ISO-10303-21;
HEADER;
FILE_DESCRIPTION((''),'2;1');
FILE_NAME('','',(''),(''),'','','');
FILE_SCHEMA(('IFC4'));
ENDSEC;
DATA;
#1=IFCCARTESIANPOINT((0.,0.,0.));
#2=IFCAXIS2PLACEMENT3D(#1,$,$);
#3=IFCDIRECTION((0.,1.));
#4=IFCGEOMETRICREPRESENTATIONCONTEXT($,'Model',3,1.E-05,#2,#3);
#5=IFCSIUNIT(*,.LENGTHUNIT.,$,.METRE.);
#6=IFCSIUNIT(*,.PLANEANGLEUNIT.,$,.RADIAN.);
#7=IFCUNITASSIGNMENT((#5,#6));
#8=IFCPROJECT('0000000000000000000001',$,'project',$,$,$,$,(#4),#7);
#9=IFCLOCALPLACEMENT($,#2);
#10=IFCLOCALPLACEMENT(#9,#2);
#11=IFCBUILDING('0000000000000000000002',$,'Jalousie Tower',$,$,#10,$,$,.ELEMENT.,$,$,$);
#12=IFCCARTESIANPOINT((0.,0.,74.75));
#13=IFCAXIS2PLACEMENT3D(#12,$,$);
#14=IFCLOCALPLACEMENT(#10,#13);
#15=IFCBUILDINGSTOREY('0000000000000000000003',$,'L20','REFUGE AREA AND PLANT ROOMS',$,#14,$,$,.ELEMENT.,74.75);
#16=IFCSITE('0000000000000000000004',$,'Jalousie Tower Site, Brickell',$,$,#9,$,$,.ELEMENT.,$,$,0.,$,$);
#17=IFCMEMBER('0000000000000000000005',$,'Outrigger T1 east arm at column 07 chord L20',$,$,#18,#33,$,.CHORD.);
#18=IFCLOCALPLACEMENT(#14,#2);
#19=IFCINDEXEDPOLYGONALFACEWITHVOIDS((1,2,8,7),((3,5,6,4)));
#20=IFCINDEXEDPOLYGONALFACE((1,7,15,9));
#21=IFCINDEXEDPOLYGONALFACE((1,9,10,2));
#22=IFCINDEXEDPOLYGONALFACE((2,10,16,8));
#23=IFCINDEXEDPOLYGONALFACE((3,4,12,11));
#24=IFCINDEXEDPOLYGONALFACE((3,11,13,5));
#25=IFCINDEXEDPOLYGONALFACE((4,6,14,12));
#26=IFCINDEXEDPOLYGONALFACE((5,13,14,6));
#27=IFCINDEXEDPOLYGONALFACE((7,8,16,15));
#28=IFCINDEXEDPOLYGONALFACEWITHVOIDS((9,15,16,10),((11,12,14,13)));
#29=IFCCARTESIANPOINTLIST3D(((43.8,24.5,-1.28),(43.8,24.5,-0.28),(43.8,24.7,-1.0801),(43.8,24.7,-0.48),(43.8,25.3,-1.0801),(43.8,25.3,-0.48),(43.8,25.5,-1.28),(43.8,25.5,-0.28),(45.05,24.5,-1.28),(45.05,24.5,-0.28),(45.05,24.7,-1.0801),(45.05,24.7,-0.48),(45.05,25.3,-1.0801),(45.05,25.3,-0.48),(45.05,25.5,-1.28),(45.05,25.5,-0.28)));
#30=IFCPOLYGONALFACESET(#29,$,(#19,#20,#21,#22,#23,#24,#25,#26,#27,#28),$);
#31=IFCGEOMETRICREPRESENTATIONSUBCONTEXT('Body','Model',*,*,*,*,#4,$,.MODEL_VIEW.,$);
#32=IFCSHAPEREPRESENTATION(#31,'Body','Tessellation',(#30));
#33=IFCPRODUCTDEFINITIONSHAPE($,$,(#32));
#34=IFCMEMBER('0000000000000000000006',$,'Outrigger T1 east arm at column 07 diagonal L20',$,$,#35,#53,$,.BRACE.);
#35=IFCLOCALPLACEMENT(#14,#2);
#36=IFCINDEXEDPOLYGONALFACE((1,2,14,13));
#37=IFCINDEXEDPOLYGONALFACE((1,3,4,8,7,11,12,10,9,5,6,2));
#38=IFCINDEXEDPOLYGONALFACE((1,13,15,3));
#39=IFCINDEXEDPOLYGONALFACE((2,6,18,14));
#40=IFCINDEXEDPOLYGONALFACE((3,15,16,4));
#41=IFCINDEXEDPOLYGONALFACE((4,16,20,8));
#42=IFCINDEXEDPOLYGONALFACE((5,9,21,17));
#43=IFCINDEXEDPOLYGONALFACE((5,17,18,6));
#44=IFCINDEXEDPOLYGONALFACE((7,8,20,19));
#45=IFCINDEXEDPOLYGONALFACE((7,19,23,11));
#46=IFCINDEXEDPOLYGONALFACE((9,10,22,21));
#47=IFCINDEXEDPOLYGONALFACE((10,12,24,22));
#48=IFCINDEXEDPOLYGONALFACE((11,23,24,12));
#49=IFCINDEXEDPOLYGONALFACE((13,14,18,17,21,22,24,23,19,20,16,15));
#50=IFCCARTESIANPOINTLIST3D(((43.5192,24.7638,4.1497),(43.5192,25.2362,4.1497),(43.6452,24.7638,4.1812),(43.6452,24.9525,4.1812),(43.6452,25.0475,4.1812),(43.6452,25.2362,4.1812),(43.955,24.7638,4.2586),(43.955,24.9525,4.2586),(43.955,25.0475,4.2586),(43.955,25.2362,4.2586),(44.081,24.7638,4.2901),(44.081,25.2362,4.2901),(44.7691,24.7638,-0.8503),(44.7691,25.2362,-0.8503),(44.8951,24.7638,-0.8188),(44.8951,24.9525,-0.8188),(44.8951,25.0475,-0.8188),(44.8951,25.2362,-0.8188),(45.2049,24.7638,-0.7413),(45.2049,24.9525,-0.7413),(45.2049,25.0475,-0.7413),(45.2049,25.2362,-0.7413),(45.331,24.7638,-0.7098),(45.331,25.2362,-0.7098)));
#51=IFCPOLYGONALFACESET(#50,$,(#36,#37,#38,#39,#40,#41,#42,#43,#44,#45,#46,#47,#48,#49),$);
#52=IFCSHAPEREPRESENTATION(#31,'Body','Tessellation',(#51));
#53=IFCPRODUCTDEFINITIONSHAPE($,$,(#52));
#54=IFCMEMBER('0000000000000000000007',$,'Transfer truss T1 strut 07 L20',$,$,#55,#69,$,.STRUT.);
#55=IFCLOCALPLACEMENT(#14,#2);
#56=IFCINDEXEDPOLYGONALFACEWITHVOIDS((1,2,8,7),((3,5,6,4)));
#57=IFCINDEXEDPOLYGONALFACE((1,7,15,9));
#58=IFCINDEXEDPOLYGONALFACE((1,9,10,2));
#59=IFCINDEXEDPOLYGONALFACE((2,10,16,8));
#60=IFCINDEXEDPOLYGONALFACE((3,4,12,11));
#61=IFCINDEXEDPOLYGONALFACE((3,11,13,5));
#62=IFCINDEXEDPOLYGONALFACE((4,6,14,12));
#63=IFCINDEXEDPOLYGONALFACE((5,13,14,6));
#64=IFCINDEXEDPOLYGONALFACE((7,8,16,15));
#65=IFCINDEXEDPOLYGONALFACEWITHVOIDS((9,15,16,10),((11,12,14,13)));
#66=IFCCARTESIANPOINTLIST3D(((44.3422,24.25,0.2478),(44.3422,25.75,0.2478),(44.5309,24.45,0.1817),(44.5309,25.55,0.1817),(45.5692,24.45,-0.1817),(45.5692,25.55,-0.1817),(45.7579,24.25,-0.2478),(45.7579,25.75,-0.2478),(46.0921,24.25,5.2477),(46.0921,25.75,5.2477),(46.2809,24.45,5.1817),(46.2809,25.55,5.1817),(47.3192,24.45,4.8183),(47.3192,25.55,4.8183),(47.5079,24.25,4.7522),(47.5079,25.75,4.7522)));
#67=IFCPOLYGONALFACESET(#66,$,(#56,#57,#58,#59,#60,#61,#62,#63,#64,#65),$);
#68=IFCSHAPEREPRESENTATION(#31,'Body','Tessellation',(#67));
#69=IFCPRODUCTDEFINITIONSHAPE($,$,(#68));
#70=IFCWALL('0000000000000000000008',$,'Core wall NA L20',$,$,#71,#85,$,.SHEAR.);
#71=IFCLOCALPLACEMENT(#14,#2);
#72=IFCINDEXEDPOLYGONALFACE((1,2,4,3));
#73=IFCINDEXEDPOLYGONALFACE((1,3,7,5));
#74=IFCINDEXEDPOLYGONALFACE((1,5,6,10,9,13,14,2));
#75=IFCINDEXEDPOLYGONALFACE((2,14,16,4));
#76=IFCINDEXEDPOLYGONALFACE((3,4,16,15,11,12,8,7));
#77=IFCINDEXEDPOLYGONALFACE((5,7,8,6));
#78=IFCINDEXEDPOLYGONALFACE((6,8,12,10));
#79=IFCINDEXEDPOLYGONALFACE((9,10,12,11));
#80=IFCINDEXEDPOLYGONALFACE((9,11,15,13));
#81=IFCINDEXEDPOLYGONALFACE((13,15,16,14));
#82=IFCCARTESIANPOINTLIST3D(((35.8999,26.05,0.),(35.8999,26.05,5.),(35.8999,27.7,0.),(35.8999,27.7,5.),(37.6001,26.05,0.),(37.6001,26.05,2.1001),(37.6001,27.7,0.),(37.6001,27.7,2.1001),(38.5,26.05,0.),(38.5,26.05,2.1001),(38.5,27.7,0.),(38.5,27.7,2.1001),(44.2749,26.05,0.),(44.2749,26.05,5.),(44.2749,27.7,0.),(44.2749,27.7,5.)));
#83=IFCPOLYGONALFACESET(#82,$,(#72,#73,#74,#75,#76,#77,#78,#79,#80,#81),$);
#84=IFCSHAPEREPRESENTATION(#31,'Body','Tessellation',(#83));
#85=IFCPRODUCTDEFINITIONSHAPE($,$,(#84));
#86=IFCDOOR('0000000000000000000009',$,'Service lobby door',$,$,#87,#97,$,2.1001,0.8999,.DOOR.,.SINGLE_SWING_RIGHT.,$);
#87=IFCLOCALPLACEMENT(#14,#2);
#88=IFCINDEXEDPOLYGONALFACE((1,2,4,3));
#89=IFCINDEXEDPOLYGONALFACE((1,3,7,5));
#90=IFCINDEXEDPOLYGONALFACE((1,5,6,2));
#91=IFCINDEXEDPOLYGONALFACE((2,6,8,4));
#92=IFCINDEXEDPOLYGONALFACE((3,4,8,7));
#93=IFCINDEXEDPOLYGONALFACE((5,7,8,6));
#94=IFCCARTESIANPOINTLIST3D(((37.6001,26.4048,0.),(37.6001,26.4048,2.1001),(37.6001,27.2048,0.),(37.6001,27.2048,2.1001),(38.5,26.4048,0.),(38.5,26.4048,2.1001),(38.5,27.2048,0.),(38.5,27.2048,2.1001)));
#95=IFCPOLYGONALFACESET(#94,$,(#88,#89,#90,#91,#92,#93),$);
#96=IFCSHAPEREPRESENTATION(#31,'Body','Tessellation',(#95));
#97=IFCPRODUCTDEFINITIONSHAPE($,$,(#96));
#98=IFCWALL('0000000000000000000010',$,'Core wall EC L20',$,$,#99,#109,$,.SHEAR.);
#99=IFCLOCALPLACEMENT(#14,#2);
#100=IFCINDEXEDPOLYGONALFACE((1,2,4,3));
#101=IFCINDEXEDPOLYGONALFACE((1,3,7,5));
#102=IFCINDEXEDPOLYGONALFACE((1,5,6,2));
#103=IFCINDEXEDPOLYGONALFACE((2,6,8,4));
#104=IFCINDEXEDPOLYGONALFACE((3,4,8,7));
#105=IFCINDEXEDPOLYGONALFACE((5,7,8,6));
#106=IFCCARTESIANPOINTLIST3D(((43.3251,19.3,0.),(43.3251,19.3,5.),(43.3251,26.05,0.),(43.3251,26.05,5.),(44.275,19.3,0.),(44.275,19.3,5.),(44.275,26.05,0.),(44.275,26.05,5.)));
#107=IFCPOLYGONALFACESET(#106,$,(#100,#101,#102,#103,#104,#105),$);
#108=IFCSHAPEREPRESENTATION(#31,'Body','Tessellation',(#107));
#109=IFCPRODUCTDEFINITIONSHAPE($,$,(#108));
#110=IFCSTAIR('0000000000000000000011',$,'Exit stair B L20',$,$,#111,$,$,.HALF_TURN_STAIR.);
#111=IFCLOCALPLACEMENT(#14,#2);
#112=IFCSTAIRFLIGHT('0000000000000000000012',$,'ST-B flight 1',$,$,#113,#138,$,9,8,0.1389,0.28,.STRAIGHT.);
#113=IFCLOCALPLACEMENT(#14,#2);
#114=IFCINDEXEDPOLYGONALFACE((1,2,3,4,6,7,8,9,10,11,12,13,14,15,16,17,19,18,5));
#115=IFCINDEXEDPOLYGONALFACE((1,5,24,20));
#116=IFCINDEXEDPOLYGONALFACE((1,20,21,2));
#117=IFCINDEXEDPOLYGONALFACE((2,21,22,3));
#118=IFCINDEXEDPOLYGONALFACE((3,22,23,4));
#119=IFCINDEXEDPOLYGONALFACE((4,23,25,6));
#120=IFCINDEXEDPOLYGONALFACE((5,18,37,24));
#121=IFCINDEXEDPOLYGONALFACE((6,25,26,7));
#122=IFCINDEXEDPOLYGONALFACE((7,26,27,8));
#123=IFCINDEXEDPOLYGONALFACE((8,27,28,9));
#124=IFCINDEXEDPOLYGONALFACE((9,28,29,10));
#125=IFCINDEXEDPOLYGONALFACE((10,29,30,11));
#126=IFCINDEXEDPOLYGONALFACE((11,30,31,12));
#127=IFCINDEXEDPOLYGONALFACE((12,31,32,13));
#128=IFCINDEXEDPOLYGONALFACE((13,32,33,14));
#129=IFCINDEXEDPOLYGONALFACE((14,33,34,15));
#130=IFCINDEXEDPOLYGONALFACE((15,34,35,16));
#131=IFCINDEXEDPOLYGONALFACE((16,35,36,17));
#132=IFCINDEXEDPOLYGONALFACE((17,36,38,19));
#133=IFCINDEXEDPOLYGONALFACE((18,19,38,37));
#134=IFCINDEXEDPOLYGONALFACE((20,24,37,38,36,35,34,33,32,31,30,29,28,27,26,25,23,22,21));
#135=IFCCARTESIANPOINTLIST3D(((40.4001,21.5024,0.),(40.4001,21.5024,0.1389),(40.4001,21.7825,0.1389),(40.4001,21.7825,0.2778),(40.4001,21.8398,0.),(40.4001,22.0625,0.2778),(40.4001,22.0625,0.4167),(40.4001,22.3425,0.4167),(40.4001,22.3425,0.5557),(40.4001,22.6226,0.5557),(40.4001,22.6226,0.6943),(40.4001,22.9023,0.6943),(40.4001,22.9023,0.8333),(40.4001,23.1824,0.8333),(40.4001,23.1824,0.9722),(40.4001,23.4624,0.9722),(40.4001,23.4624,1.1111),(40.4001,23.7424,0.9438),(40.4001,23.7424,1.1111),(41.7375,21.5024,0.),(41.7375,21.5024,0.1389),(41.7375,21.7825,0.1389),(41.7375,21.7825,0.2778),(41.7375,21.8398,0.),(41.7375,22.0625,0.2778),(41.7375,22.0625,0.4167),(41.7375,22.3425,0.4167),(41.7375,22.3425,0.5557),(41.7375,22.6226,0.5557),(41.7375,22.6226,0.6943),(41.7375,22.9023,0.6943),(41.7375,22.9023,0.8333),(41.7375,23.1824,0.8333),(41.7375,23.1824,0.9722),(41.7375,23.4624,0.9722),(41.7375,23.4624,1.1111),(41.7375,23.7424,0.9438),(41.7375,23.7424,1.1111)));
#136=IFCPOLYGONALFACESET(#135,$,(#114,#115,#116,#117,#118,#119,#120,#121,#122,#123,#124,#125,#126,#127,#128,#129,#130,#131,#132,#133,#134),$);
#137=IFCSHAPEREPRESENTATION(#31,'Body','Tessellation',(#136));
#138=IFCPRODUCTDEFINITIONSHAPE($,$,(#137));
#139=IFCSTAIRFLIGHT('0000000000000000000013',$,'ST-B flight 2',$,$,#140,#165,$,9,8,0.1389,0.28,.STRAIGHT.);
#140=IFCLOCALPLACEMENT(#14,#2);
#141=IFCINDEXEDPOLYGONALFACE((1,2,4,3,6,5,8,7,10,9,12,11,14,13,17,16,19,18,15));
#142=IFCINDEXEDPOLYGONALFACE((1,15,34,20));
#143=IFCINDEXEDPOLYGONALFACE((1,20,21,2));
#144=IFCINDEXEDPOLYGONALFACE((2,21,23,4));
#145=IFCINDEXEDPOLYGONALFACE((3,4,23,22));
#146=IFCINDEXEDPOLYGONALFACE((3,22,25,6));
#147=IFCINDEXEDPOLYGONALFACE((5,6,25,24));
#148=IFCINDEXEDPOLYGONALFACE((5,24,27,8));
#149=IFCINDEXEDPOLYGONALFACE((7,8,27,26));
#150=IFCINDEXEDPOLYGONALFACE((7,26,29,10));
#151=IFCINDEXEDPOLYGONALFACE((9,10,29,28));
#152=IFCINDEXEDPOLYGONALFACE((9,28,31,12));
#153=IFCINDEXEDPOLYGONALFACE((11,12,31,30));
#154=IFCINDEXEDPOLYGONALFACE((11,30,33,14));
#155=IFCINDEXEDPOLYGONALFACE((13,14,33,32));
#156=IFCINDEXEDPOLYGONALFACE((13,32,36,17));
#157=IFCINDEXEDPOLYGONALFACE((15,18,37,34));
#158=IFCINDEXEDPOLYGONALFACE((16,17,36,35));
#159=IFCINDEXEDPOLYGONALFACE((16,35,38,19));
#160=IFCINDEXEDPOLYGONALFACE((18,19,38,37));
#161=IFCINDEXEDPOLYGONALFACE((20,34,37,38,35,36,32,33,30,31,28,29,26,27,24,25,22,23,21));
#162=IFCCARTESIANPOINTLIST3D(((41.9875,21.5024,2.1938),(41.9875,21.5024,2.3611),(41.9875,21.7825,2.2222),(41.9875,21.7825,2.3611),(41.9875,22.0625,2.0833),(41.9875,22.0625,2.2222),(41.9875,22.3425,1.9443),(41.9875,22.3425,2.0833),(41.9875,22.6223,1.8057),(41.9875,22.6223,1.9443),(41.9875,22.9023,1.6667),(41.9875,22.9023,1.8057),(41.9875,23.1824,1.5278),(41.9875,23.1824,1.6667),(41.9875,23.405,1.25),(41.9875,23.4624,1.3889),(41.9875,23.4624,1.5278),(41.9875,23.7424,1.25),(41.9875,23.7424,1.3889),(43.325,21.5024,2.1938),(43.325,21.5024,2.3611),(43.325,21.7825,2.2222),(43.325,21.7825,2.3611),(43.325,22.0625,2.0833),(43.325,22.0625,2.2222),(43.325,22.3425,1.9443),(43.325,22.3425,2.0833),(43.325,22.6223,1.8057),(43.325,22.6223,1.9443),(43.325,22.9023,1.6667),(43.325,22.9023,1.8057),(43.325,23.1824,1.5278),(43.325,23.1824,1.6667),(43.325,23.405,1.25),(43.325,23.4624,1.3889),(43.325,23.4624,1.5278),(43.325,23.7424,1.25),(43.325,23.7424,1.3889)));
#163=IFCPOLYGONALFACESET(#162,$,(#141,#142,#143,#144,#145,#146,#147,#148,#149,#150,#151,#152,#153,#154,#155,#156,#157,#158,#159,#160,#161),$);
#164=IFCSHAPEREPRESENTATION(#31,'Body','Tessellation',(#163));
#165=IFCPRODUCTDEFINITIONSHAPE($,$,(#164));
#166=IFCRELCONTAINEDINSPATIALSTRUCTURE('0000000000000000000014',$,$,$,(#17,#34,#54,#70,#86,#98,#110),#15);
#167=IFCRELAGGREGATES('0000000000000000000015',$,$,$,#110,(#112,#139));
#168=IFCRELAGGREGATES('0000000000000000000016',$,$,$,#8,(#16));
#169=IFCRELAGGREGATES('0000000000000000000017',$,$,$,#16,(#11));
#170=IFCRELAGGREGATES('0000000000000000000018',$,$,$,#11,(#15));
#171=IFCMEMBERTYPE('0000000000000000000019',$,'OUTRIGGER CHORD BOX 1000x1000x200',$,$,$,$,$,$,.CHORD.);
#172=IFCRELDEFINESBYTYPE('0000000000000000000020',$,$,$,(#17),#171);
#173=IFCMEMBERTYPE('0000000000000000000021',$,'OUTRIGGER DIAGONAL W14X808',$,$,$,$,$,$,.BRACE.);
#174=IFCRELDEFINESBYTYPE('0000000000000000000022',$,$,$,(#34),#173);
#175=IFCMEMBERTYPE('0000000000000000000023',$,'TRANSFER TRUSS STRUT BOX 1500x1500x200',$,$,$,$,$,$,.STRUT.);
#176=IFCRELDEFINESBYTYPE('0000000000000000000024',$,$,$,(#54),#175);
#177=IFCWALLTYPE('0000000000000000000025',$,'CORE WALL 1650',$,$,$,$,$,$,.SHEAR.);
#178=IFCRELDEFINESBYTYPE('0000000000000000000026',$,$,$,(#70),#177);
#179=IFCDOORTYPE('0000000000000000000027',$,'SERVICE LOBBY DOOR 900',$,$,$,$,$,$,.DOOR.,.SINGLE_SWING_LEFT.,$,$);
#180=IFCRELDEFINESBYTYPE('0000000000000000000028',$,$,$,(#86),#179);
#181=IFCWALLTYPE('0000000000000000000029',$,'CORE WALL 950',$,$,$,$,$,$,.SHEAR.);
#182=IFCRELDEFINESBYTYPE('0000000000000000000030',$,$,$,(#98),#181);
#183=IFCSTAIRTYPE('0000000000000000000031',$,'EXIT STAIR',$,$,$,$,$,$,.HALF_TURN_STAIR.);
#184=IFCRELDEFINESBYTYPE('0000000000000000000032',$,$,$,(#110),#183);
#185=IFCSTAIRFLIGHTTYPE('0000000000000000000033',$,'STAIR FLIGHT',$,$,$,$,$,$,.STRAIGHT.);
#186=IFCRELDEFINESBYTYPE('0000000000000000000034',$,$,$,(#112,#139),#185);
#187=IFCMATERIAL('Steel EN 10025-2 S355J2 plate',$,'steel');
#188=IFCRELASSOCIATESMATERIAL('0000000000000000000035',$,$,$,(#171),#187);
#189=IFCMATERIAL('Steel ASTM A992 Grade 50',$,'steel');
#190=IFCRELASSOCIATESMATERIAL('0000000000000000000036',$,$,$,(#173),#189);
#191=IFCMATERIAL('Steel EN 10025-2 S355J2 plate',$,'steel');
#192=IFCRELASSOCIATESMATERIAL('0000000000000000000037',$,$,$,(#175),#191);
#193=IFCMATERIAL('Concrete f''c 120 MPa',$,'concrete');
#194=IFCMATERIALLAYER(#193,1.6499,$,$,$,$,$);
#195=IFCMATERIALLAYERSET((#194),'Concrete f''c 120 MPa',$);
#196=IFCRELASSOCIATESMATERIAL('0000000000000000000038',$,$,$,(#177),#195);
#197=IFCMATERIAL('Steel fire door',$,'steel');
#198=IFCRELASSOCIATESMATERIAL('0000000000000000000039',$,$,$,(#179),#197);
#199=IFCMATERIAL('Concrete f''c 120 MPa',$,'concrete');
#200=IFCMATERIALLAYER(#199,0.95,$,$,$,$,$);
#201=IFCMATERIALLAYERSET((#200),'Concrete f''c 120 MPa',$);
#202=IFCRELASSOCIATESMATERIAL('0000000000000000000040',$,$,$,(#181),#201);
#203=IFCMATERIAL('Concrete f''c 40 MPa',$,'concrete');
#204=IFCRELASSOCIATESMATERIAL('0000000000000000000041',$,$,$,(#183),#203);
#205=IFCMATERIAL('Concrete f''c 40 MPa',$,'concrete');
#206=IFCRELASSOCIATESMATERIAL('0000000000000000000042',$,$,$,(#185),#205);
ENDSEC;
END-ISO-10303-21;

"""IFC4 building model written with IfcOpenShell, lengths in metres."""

from ifc_helpers import new_model, si_unit, direction, frame, frame_2d, origin, origin_2d, place, context, subcontext, project, spatial, polyline, rectangle, hollow_rectangle, i_section, outline, extrude, material, layer, layer_set, material_profile, profile_set, type_object, element, fill, aggregate, save


model = new_model("IFC4")

# Units and contexts
model_context = context("Model", 3, precision=1e-05, world=origin(), true_north=direction((0.0, 1.0)))
body_context = subcontext(model_context, "Body", "Model", "MODEL_VIEW")
ifc_project = project(units=[si_unit("LENGTHUNIT", "METRE"), si_unit("PLANEANGLEUNIT", "RADIAN")], contexts=[model_context])

# Site, building, storey
site_placement = place(None, origin())
site = spatial("IfcSite", under=ifc_project, at=site_placement, Name="Jalousie Tower Site, Brickell", CompositionType="ELEMENT", RefElevation=0.0)
building_placement = place(site_placement, origin())
building = spatial("IfcBuilding", under=site, at=building_placement, Name="Jalousie Tower", CompositionType="ELEMENT")
storey_placement = place(building_placement, frame((0.0, 0.0, 74.75)))
storey = spatial("IfcBuildingStorey", under=building, at=storey_placement, Name="L20", Description="REFUGE AREA AND PLANT ROOMS", CompositionType="ELEMENT", Elevation=74.75)

# Members
ifc_material_1 = material(Name="Steel EN 10025-2 S355J2 plate", Category="steel")
ifc_material_profile_1 = material_profile(ifc_material_1, hollow_rectangle(XDim=1.0, YDim=1.0, WallThickness=0.2, at=origin_2d()), Name="BOX 1000x1000x200")
ifc_profile_set_1 = profile_set([ifc_material_profile_1], Name="Steel EN 10025-2 S355J2 plate")
member_type_1 = type_object("IfcMemberType", Name="OUTRIGGER CHORD BOX 1000x1000x200", PredefinedType="CHORD", material=ifc_profile_set_1)
member_1_placement = place(storey_placement, frame((45.05, 25.0, -0.78), z_axis=(-1.0, 0.0, 0.0), x_axis=(0.0, -1.0, 0.0)))
element("IfcMember", 1, at=member_1_placement, inside=storey, type_object=member_type_1, Name="Outrigger T1 east arm at column 07 chord L20", PredefinedType="CHORD", context=body_context, shape_type="SweptSolid", body=[
    extrude(hollow_rectangle(XDim=1.0, YDim=1.0, WallThickness=0.2, at=origin_2d()), origin(), (0.0, 0.0, 1.0), 1.25),
])
ifc_material_2 = material(Name="Steel ASTM A992 Grade 50", Category="steel")
ifc_material_profile_2 = material_profile(ifc_material_2, i_section(OverallWidth=0.4724, OverallDepth=0.5791, WebThickness=0.095, FlangeThickness=0.1299, at=origin_2d()), Name="W14X808")
ifc_profile_set_2 = profile_set([ifc_material_profile_2], Name="Steel ASTM A992 Grade 50")
member_type_2 = type_object("IfcMemberType", Name="OUTRIGGER DIAGONAL W14X808", PredefinedType="BRACE", material=ifc_profile_set_2)
member_2_placement = place(storey_placement, frame((45.05, 25.0, -0.78), z_axis=(-0.242536, 0.0, 0.970143), x_axis=(0.0, -1.0, 0.0)))
element("IfcMember", 2, at=member_2_placement, inside=storey, type_object=member_type_2, Name="Outrigger T1 east arm at column 07 diagonal L20", PredefinedType="BRACE", context=body_context, shape_type="SweptSolid", body=[
    extrude(i_section(OverallWidth=0.4724, OverallDepth=0.5791, WebThickness=0.095, FlangeThickness=0.1299, at=origin_2d()), origin(), (0.0, 0.0, 1.0), 5.1538),
])
ifc_material_3 = material(Name="Steel EN 10025-2 S355J2 plate", Category="steel")
ifc_material_profile_3 = material_profile(ifc_material_3, hollow_rectangle(XDim=1.5, YDim=1.5, WallThickness=0.2, at=origin_2d()), Name="BOX 1500x1500x200")
ifc_profile_set_3 = profile_set([ifc_material_profile_3], Name="Steel EN 10025-2 S355J2 plate")
member_type_3 = type_object("IfcMemberType", Name="TRANSFER TRUSS STRUT BOX 1500x1500x200", PredefinedType="STRUT", material=ifc_profile_set_3)
member_3_placement = place(storey_placement, frame((45.05, 25.0, 0.0), z_axis=(0.33035, 0.0, 0.943858), x_axis=(0.0, 1.0, 0.0)))
element("IfcMember", 3, at=member_3_placement, inside=storey, type_object=member_type_3, Name="Transfer truss T1 strut 07 L20", PredefinedType="STRUT", context=body_context, shape_type="SweptSolid", body=[
    extrude(hollow_rectangle(XDim=1.5, YDim=1.5, WallThickness=0.2, at=origin_2d()), origin(), (0.0, 0.0, 1.0), 5.2974),
])

# Wall, opening, door
ifc_material_4 = material(Name="Concrete f'c 120 MPa", Category="concrete")
ifc_layer_1 = layer(ifc_material_4, 1.6499)
ifc_layer_set_1 = layer_set([ifc_layer_1], Name="Concrete f'c 120 MPa")
wall_type_1 = type_object("IfcWallType", Name="CORE WALL 1650", PredefinedType="SHEAR", material=ifc_layer_set_1)
wall_1_placement = place(storey_placement, frame((44.2749, 26.875, 0.0), z_axis=(0.0, 0.0, 1.0), x_axis=(-1.0, 0.0, 0.0)))
wall_1 = element("IfcWall", 4, at=wall_1_placement, inside=storey, type_object=wall_type_1, Name="Core wall NA L20", PredefinedType="SHEAR", context=body_context, shape_type="SweptSolid", body=[
    extrude(rectangle(XDim=8.375, YDim=1.6499, at=frame_2d((4.1875, 0.0))), origin(), (0.0, 0.0, 1.0), 5.0),
])
opening_placement = place(wall_1_placement, frame((5.7749, 0.0, 0.0)))
opening = element("IfcOpeningElement", 5, at=opening_placement, cuts=wall_1, PredefinedType="OPENING", context=body_context, shape_type="SweptSolid", body=[
    extrude(rectangle(XDim=0.8999, YDim=2.1001, at=frame_2d((0.45, 1.05))), frame((0.0, 0.835, 0.0), z_axis=(0.0, -1.0, 0.0), x_axis=(1.0, 0.0, 0.0)), (0.0, 0.0, 1.0), 1.6699),
])
ifc_material_5 = material(Name="Steel fire door", Category="steel")
door_type = type_object("IfcDoorType", Name="SERVICE LOBBY DOOR 900", OperationType="SINGLE_SWING_LEFT", PredefinedType="DOOR", material=ifc_material_5)
door_placement = place(opening_placement, origin())
door = element("IfcDoor", 6, at=door_placement, inside=storey, type_object=door_type, Name="Service lobby door", OperationType="SINGLE_SWING_RIGHT", OverallHeight=2.1001, OverallWidth=0.8999, PredefinedType="DOOR", context=body_context, shape_type="SweptSolid", body=[
    extrude(rectangle(XDim=0.8999, YDim=2.1001, at=frame_2d((0.45, 1.05))), frame((0.0, 0.4702, 0.0), z_axis=(0.0, -1.0, 0.0), x_axis=(1.0, 0.0, 0.0)), (0.0, 0.0, 1.0), 0.8),
])
fill(opening, door)

# Wall
ifc_material_6 = material(Name="Concrete f'c 120 MPa", Category="concrete")
ifc_layer_2 = layer(ifc_material_6, 0.95)
ifc_layer_set_2 = layer_set([ifc_layer_2], Name="Concrete f'c 120 MPa")
wall_type_2 = type_object("IfcWallType", Name="CORE WALL 950", PredefinedType="SHEAR", material=ifc_layer_set_2)
wall_2_placement = place(storey_placement, frame((43.8, 19.3, 0.0), z_axis=(0.0, 0.0, 1.0), x_axis=(0.0, 1.0, 0.0)))
element("IfcWall", 7, at=wall_2_placement, inside=storey, type_object=wall_type_2, Name="Core wall EC L20", PredefinedType="SHEAR", context=body_context, shape_type="SweptSolid", body=[
    extrude(rectangle(XDim=6.75, YDim=0.95, at=frame_2d((3.375, 0.0))), origin(), (0.0, 0.0, 1.0), 5.0),
])

# Stair, stair flights
ifc_material_7 = material(Name="Concrete f'c 40 MPa", Category="concrete")
stair_type = type_object("IfcStairType", Name="EXIT STAIR", PredefinedType="HALF_TURN_STAIR", material=ifc_material_7)
stair_placement = place(storey_placement, origin())
stair = element("IfcStair", 8, at=stair_placement, inside=storey, type_object=stair_type, Name="Exit stair B L20", PredefinedType="HALF_TURN_STAIR")
ifc_material_8 = material(Name="Concrete f'c 40 MPa", Category="concrete")
stair_flight_type = type_object("IfcStairFlightType", Name="STAIR FLIGHT", PredefinedType="STRAIGHT", material=ifc_material_8)
stair_flight_1_placement = place(storey_placement, frame((41.0688, 21.5024, 0.0), z_axis=(0.0, 0.0, 1.0), x_axis=(0.0, 1.0, 0.0)))
stair_flight_1 = element("IfcStairFlight", 9, at=stair_flight_1_placement, type_object=stair_flight_type, Name="ST-B flight 1", NumberOfRisers=9, NumberOfTreads=8, PredefinedType="STRAIGHT", RiserHeight=0.1389, TreadLength=0.28, context=body_context, shape_type="SweptSolid", body=[
    extrude(outline(polyline([(0.0, 0.0), (0.0, 0.1389), (0.28, 0.1389), (0.28, 0.2778), (0.5601, 0.2778), (0.5601, 0.4167), (0.8401, 0.4167), (0.8401, 0.5557), (1.1201, 0.5557), (1.1201, 0.6943), (1.3999, 0.6943), (1.3999, 0.8333), (1.6799, 0.8333), (1.6799, 0.9722), (1.96, 0.9722), (1.96, 1.1111), (2.24, 1.1111), (2.24, 1.25), (2.24, 0.9438), (0.3374, 0.0), (0.0, 0.0)])), frame((0.0, 0.6687, 0.0), z_axis=(0.0, -1.0, 0.0), x_axis=(1.0, 0.0, 0.0)), (0.0, 0.0, 1.0), 1.3374),
])
stair_flight_2_placement = place(storey_placement, frame((42.6562, 23.7424, 1.25), z_axis=(0.0, 0.0, 1.0), x_axis=(0.0, -1.0, 0.0)))
stair_flight_2 = element("IfcStairFlight", 10, at=stair_flight_2_placement, type_object=stair_flight_type, Name="ST-B flight 2", NumberOfRisers=9, NumberOfTreads=8, PredefinedType="STRAIGHT", RiserHeight=0.1389, TreadLength=0.28, context=body_context, shape_type="SweptSolid", body=[
    extrude(outline(polyline([(0.0, 0.0), (0.0, 0.1389), (0.28, 0.1389), (0.28, 0.2778), (0.5601, 0.2778), (0.5601, 0.4167), (0.8401, 0.4167), (0.8401, 0.5557), (1.1201, 0.5557), (1.1201, 0.6943), (1.3999, 0.6943), (1.3999, 0.8333), (1.6799, 0.8333), (1.6799, 0.9722), (1.96, 0.9722), (1.96, 1.1111), (2.24, 1.1111), (2.24, 1.25), (2.24, 0.9438), (0.3374, 0.0), (0.0, 0.0)])), frame((0.0, 0.6687, 0.0), z_axis=(0.0, -1.0, 0.0), x_axis=(1.0, 0.0, 0.0)), (0.0, 0.0, 1.0), 1.3374),
])
aggregate(stair, [stair_flight_1, stair_flight_2])

save(model, "model.ifc")
